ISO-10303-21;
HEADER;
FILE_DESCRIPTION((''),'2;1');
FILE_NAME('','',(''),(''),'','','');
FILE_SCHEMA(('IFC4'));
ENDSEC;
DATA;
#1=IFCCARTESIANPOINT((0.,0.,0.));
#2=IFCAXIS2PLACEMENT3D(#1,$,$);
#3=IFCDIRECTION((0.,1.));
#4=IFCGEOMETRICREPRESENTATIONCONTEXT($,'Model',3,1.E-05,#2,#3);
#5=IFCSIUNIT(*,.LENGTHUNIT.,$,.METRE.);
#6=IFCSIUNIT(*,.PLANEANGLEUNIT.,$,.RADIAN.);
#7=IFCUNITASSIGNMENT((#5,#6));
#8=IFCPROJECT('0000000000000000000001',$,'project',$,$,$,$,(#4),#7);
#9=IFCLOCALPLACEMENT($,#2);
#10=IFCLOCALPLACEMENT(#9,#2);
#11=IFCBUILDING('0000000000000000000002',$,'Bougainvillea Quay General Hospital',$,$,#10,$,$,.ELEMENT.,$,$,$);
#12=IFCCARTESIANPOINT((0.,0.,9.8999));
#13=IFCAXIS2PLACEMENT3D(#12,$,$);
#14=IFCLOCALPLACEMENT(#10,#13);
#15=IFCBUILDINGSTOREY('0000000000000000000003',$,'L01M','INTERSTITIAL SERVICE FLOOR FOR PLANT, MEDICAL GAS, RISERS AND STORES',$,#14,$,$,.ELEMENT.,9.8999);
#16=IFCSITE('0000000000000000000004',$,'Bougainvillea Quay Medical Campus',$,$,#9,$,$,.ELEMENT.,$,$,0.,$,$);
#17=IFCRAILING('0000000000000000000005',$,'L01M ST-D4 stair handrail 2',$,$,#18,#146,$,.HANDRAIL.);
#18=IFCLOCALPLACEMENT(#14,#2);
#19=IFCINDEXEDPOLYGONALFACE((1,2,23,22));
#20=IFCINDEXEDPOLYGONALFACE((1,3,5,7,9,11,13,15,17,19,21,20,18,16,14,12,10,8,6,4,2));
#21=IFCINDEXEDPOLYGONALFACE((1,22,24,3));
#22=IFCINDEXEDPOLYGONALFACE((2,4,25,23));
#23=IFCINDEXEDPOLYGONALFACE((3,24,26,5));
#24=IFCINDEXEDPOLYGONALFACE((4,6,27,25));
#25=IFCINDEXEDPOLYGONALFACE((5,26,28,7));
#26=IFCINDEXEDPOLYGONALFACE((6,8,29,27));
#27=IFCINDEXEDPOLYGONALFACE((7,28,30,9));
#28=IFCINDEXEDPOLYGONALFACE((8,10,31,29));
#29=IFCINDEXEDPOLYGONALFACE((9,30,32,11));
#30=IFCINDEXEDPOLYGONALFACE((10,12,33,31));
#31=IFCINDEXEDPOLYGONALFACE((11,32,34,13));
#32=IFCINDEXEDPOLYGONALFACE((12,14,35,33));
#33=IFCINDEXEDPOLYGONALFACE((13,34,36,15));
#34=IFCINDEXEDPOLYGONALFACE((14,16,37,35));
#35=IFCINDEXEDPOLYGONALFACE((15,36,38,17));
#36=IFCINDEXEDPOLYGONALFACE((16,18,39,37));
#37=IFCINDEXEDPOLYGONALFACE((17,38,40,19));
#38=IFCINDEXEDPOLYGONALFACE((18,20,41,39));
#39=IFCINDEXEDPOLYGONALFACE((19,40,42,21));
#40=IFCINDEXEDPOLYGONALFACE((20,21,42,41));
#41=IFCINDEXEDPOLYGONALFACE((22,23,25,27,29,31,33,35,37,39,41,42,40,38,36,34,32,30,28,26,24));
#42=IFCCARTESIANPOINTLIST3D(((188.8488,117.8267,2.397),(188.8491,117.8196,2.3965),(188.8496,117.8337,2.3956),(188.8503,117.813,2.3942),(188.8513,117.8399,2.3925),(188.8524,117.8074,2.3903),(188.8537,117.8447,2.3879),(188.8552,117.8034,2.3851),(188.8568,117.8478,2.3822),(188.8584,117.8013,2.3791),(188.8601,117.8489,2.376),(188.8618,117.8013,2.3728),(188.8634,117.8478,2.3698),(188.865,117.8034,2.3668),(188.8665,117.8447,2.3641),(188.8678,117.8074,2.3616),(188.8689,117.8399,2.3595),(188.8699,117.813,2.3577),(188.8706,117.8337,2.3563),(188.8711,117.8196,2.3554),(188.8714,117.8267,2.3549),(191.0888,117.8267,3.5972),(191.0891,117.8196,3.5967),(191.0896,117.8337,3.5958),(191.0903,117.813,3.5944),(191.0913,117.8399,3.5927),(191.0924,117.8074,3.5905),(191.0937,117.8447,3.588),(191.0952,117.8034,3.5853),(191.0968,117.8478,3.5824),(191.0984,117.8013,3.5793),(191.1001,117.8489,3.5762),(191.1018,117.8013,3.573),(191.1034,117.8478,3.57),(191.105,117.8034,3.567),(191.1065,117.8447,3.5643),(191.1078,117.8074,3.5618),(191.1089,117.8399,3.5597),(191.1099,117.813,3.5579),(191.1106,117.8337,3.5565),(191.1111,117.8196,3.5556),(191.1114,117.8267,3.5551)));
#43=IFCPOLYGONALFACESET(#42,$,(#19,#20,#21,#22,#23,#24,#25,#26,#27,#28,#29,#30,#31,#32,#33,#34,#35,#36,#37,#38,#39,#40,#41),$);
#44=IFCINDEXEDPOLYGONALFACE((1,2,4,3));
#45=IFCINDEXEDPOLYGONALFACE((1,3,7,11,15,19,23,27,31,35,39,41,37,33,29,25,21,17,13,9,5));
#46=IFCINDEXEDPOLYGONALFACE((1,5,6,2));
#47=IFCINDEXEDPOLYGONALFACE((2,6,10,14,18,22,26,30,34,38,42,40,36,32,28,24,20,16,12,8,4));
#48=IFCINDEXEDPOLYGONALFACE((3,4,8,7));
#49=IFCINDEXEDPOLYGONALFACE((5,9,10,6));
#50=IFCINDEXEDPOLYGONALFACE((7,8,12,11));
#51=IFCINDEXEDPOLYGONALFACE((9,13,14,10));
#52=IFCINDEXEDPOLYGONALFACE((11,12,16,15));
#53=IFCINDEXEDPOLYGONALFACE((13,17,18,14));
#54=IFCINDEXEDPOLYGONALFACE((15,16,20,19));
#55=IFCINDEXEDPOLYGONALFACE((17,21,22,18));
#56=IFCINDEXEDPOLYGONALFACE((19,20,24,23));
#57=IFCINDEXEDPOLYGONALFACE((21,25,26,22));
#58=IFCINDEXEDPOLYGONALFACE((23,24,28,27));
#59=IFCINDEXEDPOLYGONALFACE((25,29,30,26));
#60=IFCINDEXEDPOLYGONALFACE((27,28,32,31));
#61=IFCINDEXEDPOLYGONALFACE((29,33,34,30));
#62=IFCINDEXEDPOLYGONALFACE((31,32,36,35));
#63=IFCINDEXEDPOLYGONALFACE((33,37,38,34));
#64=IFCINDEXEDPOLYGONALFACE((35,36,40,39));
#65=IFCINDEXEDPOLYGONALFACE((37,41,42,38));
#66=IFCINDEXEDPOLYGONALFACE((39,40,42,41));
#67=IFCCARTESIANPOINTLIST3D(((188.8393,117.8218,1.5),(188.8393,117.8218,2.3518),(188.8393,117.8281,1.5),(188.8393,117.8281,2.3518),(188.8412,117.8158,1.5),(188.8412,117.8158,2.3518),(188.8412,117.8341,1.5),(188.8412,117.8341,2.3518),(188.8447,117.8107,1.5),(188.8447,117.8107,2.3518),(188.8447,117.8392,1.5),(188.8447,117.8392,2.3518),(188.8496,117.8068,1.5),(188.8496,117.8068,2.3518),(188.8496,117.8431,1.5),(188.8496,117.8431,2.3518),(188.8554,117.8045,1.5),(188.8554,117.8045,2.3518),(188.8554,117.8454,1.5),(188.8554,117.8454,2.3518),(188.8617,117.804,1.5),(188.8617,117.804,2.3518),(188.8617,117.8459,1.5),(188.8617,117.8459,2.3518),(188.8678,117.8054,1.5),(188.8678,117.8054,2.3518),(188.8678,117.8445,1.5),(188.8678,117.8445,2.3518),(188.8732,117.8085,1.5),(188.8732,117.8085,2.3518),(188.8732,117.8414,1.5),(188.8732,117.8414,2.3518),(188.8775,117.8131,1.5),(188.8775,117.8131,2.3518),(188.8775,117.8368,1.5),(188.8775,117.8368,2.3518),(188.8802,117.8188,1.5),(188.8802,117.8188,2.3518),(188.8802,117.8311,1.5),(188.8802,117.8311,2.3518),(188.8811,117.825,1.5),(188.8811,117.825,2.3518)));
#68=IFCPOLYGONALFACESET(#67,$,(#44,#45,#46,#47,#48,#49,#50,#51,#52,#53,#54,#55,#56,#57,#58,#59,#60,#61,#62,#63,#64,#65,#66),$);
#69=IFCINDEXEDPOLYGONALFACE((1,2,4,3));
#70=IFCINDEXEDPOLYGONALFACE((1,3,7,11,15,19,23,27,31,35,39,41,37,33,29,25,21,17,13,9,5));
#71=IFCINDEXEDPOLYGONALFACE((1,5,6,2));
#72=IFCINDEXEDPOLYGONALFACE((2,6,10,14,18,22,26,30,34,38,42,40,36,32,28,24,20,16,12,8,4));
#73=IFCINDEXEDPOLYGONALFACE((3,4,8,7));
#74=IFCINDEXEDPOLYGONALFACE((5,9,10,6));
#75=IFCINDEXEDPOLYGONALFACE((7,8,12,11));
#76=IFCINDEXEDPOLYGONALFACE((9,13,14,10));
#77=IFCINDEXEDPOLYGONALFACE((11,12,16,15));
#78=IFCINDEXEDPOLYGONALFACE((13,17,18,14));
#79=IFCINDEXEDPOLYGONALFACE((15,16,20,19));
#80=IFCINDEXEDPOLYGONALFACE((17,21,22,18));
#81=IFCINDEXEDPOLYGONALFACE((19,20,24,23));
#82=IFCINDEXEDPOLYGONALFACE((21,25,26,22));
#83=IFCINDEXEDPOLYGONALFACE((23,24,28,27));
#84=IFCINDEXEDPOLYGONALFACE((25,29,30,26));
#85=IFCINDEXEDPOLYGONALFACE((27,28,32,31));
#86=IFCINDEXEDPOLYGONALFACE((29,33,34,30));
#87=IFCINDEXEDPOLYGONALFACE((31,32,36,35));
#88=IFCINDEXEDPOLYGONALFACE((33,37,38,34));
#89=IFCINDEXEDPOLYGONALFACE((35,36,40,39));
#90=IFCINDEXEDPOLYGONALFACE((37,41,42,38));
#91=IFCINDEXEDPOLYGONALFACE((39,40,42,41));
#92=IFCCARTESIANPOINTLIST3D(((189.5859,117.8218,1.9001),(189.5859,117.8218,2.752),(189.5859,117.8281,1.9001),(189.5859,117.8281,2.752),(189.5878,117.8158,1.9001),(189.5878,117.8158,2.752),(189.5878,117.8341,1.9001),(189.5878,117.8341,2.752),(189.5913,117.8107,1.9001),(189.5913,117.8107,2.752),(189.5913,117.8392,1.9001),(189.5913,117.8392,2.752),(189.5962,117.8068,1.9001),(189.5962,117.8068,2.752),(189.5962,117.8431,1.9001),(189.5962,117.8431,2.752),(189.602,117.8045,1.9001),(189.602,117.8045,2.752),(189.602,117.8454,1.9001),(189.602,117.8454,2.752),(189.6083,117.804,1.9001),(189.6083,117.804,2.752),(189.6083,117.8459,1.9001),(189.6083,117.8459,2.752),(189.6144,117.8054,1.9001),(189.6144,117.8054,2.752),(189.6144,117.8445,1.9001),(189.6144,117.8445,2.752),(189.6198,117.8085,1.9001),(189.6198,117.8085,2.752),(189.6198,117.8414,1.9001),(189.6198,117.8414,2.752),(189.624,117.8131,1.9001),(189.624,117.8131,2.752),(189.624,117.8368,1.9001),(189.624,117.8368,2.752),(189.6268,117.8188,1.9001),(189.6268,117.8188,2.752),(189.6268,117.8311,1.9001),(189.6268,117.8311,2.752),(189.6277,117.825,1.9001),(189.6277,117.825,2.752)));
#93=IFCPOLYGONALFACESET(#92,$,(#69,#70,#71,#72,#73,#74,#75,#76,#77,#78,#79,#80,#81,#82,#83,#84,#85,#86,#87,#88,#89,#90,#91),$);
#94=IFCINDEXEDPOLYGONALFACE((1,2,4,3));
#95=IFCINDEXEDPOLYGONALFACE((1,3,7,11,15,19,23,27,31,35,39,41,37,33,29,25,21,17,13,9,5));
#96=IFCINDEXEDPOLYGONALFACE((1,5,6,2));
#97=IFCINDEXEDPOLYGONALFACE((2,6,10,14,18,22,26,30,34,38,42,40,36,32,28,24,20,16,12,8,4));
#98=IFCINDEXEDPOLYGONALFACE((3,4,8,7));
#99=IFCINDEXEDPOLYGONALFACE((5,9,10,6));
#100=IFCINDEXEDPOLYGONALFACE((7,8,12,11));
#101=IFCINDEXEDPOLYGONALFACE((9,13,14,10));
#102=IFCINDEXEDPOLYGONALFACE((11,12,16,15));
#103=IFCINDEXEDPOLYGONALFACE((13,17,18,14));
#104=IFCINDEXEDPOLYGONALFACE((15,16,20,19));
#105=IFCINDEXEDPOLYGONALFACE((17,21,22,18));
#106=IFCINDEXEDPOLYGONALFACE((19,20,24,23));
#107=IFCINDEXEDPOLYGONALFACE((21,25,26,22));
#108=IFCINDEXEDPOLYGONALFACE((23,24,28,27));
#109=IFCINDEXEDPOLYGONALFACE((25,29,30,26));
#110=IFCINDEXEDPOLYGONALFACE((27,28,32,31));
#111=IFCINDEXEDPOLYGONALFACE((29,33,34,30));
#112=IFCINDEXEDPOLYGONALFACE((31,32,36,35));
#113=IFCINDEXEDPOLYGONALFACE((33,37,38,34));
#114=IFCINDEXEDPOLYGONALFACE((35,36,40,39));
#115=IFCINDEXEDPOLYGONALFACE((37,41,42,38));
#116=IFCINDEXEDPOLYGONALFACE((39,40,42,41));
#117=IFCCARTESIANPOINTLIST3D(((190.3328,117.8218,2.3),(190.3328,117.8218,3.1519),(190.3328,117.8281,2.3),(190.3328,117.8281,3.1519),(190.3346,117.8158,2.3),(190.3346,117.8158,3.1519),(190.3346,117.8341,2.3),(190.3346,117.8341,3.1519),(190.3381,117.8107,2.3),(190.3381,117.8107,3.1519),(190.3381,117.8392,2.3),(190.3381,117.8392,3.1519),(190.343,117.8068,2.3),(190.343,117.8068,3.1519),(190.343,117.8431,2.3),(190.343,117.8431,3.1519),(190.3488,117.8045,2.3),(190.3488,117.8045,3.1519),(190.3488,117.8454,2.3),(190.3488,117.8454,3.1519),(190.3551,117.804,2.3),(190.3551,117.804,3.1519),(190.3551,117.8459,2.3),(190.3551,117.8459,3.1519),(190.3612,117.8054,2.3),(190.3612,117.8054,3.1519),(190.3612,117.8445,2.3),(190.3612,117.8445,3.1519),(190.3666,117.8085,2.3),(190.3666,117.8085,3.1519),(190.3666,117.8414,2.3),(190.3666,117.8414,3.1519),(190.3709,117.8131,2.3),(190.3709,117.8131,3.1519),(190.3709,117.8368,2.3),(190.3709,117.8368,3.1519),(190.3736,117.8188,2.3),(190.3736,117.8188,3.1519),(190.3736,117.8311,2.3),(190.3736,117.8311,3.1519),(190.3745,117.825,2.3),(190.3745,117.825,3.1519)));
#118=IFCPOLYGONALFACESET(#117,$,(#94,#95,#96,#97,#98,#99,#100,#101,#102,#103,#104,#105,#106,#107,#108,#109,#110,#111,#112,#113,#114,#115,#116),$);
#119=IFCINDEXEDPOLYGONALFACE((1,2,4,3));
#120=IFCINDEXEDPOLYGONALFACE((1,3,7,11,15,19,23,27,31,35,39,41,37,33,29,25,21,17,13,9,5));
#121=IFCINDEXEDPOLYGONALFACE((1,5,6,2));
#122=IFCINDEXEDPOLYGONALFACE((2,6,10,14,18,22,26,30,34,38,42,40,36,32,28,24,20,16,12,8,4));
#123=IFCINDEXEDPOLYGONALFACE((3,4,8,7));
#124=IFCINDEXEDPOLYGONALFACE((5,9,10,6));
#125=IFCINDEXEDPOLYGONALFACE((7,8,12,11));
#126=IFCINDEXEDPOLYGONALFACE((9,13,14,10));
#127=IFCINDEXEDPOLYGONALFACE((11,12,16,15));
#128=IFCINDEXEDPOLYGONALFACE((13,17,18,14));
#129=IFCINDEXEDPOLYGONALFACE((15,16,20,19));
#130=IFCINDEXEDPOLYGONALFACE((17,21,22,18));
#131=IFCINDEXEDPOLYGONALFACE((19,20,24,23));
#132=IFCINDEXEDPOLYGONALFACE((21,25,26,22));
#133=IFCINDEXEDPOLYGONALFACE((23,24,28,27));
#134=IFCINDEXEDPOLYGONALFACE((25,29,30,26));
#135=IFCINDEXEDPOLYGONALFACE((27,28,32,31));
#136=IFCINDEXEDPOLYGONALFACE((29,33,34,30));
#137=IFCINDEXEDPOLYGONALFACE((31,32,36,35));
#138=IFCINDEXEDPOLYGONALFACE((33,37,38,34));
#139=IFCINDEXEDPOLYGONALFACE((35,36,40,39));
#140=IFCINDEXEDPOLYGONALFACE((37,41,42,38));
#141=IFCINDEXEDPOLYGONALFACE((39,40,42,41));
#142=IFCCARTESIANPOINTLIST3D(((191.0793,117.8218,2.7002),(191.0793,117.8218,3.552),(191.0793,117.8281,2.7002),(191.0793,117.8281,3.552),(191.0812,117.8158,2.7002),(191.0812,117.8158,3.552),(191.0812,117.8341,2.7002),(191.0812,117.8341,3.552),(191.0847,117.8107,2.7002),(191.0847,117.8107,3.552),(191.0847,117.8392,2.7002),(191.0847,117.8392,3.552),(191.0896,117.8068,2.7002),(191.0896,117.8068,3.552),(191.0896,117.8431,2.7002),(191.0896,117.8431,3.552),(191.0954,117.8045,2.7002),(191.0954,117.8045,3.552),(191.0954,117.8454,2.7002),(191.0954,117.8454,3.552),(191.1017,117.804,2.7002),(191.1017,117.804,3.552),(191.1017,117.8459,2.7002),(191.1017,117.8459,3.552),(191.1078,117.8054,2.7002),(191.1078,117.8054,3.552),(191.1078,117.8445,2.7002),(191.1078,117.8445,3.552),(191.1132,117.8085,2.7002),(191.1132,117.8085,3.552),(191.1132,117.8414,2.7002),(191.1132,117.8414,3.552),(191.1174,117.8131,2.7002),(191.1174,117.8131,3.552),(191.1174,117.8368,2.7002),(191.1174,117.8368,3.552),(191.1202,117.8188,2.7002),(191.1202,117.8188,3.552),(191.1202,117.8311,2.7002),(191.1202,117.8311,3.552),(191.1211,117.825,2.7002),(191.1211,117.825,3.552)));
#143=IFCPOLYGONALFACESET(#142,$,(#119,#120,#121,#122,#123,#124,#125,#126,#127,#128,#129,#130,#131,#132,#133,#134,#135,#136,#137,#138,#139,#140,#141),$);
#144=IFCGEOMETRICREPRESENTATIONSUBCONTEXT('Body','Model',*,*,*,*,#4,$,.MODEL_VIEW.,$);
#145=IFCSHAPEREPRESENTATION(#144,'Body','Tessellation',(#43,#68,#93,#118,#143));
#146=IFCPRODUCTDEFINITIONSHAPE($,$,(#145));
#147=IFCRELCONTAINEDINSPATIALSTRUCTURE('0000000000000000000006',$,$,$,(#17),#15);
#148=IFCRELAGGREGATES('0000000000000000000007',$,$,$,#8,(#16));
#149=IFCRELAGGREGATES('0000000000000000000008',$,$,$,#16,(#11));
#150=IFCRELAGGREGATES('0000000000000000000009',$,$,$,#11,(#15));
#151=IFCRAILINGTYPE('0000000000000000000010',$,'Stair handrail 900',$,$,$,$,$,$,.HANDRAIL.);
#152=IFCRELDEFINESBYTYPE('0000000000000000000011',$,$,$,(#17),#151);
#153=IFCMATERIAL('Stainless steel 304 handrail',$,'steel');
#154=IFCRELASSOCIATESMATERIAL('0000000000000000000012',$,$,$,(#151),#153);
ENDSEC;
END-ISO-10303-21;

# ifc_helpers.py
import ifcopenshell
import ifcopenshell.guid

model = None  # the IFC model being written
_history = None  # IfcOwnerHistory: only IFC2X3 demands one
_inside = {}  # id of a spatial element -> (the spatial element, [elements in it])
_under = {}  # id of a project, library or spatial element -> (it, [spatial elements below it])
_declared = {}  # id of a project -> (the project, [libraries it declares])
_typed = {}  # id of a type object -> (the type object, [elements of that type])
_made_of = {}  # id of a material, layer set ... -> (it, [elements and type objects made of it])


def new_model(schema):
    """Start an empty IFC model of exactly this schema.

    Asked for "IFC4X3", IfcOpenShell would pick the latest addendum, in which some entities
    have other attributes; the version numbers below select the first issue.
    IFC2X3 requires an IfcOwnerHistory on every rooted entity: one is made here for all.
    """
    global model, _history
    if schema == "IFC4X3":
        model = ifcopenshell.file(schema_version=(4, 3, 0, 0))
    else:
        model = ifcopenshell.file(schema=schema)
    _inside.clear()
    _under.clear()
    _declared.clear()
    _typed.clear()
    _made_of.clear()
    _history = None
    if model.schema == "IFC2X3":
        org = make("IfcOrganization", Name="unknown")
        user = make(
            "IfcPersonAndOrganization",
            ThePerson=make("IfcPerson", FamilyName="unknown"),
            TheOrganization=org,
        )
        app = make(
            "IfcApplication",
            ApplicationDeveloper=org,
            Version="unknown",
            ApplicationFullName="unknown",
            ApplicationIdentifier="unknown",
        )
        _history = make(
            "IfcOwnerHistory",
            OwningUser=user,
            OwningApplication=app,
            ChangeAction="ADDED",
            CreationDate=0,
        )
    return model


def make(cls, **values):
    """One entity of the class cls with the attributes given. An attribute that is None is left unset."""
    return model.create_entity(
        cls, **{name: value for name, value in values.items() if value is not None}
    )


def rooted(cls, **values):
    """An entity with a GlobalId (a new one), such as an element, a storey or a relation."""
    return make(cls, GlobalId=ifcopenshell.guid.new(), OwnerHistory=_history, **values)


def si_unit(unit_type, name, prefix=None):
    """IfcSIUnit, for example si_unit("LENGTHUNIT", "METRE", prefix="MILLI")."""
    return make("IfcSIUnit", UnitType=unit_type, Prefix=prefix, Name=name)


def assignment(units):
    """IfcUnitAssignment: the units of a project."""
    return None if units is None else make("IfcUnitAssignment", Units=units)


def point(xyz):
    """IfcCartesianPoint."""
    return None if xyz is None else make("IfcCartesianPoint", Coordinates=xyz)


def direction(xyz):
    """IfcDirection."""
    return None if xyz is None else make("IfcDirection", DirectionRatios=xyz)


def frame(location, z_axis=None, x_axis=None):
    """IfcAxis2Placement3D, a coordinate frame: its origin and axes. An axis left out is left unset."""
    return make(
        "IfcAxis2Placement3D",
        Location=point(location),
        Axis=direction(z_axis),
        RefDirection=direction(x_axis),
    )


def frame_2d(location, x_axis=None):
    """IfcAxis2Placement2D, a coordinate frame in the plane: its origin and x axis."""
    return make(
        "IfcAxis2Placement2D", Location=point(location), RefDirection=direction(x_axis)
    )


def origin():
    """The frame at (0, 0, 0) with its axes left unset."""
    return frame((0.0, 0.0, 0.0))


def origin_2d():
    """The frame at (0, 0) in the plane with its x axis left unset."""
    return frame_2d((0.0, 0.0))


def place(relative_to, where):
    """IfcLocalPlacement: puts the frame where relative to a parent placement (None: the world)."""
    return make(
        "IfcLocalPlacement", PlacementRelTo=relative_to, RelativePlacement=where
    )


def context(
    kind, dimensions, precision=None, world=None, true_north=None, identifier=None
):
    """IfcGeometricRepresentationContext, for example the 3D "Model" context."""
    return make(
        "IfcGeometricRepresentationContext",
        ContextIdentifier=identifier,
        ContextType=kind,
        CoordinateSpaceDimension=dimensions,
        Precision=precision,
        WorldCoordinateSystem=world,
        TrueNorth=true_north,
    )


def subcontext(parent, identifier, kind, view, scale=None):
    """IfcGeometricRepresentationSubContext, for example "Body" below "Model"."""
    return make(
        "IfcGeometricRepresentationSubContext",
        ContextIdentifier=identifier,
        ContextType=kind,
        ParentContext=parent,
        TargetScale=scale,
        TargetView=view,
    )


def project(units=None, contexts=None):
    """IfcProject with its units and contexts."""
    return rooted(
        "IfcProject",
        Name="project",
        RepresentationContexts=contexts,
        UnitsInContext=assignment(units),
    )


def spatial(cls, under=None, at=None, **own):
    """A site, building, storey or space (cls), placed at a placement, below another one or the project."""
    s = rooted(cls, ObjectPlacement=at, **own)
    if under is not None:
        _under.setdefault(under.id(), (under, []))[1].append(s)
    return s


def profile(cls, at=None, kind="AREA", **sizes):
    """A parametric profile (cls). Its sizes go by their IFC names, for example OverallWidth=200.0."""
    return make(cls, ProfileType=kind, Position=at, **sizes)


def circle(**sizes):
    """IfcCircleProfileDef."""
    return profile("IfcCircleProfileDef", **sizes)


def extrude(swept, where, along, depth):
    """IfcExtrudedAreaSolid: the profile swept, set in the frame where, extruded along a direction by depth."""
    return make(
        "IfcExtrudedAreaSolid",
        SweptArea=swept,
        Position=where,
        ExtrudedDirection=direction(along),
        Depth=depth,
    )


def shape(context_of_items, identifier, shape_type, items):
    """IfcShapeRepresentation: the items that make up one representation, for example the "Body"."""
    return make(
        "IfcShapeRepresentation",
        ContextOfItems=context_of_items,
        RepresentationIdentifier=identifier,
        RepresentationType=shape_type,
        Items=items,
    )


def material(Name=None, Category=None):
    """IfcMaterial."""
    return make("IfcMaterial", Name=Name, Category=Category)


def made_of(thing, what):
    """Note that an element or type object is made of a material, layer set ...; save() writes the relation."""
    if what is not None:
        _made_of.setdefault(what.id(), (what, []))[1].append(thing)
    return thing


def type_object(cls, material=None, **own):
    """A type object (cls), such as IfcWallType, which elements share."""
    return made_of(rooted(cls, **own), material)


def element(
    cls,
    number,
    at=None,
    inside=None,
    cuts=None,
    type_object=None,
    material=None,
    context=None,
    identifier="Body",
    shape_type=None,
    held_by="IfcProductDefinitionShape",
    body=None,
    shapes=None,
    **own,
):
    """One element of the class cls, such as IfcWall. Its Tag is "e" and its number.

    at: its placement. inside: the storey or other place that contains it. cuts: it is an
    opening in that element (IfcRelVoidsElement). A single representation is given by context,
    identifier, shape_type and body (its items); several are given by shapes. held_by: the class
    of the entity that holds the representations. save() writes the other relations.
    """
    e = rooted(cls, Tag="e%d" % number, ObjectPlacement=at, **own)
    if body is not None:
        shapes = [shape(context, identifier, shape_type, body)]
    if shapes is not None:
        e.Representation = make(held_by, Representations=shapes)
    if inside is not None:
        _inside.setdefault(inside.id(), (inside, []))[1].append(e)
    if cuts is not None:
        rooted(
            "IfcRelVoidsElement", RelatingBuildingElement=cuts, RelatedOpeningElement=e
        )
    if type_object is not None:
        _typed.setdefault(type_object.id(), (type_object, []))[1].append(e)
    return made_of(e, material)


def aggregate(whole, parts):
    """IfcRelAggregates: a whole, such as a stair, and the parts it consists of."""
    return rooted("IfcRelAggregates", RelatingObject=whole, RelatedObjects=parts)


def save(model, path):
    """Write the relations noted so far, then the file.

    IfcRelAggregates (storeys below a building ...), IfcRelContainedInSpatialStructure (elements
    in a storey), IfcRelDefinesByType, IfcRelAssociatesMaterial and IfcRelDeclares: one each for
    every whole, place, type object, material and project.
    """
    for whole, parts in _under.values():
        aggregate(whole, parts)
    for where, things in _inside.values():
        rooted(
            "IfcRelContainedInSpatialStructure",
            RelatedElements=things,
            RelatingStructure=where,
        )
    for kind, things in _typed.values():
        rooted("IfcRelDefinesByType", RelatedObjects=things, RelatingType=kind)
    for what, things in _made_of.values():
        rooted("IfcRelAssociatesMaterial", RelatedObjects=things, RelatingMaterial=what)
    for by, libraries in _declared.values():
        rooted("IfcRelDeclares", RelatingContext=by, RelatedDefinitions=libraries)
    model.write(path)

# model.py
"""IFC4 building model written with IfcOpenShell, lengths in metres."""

from ifc_helpers import new_model, si_unit, direction, frame, origin, origin_2d, place, context, subcontext, project, spatial, circle, extrude, material, type_object, element, save


model = new_model("IFC4")

# Units and contexts
model_context = context("Model", 3, precision=1e-05, world=origin(), true_north=direction((0.0, 1.0)))
body_context = subcontext(model_context, "Body", "Model", "MODEL_VIEW")
ifc_project = project(units=[si_unit("LENGTHUNIT", "METRE"), si_unit("PLANEANGLEUNIT", "RADIAN")], contexts=[model_context])

# Site, building, storey
site_placement = place(None, origin())
site = spatial("IfcSite", under=ifc_project, at=site_placement, Name="Bougainvillea Quay Medical Campus", CompositionType="ELEMENT", RefElevation=0.0)
building_placement = place(site_placement, origin())
building = spatial("IfcBuilding", under=site, at=building_placement, Name="Bougainvillea Quay General Hospital", CompositionType="ELEMENT")
storey_placement = place(building_placement, frame((0.0, 0.0, 9.8999)))
storey = spatial("IfcBuildingStorey", under=building, at=storey_placement, Name="L01M", Description="INTERSTITIAL SERVICE FLOOR FOR PLANT, MEDICAL GAS, RISERS AND STORES", CompositionType="ELEMENT", Elevation=9.8999)

# Railing
ifc_material_1 = material(Name="Stainless steel 304 handrail", Category="steel")
railing_type_1 = type_object("IfcRailingType", Name="Stair handrail 900", PredefinedType="HANDRAIL", material=ifc_material_1)
railing_1_placement = place(storey_placement, frame((188.8601, 117.825, 1.5)))
element("IfcRailing", 1, at=railing_1_placement, inside=storey, type_object=railing_type_1, Name="L01M ST-D4 stair handrail 2", PredefinedType="HANDRAIL", context=body_context, shape_type="SweptSolid", body=[
    extrude(circle(Radius=0.0239, at=origin_2d()), frame((0.0, 0.0, 0.876), z_axis=(0.881447, 0.0, 0.472283), x_axis=(0.0, 1.0, 0.0)), (0.0, 0.0, 1.0), 2.5413),
    extrude(circle(Radius=0.021, at=origin_2d()), origin(), (0.0, 0.0, 1.0), 0.8518),
    extrude(circle(Radius=0.021, at=origin_2d()), frame((0.7466, 0.0, 0.4001)), (0.0, 0.0, 1.0), 0.8518),
    extrude(circle(Radius=0.021, at=origin_2d()), frame((1.4934, 0.0, 0.8)), (0.0, 0.0, 1.0), 0.8518),
    extrude(circle(Radius=0.021, at=origin_2d()), frame((2.24, 0.0, 1.2002)), (0.0, 0.0, 1.0), 0.8518),
])

save(model, "model.ifc")
